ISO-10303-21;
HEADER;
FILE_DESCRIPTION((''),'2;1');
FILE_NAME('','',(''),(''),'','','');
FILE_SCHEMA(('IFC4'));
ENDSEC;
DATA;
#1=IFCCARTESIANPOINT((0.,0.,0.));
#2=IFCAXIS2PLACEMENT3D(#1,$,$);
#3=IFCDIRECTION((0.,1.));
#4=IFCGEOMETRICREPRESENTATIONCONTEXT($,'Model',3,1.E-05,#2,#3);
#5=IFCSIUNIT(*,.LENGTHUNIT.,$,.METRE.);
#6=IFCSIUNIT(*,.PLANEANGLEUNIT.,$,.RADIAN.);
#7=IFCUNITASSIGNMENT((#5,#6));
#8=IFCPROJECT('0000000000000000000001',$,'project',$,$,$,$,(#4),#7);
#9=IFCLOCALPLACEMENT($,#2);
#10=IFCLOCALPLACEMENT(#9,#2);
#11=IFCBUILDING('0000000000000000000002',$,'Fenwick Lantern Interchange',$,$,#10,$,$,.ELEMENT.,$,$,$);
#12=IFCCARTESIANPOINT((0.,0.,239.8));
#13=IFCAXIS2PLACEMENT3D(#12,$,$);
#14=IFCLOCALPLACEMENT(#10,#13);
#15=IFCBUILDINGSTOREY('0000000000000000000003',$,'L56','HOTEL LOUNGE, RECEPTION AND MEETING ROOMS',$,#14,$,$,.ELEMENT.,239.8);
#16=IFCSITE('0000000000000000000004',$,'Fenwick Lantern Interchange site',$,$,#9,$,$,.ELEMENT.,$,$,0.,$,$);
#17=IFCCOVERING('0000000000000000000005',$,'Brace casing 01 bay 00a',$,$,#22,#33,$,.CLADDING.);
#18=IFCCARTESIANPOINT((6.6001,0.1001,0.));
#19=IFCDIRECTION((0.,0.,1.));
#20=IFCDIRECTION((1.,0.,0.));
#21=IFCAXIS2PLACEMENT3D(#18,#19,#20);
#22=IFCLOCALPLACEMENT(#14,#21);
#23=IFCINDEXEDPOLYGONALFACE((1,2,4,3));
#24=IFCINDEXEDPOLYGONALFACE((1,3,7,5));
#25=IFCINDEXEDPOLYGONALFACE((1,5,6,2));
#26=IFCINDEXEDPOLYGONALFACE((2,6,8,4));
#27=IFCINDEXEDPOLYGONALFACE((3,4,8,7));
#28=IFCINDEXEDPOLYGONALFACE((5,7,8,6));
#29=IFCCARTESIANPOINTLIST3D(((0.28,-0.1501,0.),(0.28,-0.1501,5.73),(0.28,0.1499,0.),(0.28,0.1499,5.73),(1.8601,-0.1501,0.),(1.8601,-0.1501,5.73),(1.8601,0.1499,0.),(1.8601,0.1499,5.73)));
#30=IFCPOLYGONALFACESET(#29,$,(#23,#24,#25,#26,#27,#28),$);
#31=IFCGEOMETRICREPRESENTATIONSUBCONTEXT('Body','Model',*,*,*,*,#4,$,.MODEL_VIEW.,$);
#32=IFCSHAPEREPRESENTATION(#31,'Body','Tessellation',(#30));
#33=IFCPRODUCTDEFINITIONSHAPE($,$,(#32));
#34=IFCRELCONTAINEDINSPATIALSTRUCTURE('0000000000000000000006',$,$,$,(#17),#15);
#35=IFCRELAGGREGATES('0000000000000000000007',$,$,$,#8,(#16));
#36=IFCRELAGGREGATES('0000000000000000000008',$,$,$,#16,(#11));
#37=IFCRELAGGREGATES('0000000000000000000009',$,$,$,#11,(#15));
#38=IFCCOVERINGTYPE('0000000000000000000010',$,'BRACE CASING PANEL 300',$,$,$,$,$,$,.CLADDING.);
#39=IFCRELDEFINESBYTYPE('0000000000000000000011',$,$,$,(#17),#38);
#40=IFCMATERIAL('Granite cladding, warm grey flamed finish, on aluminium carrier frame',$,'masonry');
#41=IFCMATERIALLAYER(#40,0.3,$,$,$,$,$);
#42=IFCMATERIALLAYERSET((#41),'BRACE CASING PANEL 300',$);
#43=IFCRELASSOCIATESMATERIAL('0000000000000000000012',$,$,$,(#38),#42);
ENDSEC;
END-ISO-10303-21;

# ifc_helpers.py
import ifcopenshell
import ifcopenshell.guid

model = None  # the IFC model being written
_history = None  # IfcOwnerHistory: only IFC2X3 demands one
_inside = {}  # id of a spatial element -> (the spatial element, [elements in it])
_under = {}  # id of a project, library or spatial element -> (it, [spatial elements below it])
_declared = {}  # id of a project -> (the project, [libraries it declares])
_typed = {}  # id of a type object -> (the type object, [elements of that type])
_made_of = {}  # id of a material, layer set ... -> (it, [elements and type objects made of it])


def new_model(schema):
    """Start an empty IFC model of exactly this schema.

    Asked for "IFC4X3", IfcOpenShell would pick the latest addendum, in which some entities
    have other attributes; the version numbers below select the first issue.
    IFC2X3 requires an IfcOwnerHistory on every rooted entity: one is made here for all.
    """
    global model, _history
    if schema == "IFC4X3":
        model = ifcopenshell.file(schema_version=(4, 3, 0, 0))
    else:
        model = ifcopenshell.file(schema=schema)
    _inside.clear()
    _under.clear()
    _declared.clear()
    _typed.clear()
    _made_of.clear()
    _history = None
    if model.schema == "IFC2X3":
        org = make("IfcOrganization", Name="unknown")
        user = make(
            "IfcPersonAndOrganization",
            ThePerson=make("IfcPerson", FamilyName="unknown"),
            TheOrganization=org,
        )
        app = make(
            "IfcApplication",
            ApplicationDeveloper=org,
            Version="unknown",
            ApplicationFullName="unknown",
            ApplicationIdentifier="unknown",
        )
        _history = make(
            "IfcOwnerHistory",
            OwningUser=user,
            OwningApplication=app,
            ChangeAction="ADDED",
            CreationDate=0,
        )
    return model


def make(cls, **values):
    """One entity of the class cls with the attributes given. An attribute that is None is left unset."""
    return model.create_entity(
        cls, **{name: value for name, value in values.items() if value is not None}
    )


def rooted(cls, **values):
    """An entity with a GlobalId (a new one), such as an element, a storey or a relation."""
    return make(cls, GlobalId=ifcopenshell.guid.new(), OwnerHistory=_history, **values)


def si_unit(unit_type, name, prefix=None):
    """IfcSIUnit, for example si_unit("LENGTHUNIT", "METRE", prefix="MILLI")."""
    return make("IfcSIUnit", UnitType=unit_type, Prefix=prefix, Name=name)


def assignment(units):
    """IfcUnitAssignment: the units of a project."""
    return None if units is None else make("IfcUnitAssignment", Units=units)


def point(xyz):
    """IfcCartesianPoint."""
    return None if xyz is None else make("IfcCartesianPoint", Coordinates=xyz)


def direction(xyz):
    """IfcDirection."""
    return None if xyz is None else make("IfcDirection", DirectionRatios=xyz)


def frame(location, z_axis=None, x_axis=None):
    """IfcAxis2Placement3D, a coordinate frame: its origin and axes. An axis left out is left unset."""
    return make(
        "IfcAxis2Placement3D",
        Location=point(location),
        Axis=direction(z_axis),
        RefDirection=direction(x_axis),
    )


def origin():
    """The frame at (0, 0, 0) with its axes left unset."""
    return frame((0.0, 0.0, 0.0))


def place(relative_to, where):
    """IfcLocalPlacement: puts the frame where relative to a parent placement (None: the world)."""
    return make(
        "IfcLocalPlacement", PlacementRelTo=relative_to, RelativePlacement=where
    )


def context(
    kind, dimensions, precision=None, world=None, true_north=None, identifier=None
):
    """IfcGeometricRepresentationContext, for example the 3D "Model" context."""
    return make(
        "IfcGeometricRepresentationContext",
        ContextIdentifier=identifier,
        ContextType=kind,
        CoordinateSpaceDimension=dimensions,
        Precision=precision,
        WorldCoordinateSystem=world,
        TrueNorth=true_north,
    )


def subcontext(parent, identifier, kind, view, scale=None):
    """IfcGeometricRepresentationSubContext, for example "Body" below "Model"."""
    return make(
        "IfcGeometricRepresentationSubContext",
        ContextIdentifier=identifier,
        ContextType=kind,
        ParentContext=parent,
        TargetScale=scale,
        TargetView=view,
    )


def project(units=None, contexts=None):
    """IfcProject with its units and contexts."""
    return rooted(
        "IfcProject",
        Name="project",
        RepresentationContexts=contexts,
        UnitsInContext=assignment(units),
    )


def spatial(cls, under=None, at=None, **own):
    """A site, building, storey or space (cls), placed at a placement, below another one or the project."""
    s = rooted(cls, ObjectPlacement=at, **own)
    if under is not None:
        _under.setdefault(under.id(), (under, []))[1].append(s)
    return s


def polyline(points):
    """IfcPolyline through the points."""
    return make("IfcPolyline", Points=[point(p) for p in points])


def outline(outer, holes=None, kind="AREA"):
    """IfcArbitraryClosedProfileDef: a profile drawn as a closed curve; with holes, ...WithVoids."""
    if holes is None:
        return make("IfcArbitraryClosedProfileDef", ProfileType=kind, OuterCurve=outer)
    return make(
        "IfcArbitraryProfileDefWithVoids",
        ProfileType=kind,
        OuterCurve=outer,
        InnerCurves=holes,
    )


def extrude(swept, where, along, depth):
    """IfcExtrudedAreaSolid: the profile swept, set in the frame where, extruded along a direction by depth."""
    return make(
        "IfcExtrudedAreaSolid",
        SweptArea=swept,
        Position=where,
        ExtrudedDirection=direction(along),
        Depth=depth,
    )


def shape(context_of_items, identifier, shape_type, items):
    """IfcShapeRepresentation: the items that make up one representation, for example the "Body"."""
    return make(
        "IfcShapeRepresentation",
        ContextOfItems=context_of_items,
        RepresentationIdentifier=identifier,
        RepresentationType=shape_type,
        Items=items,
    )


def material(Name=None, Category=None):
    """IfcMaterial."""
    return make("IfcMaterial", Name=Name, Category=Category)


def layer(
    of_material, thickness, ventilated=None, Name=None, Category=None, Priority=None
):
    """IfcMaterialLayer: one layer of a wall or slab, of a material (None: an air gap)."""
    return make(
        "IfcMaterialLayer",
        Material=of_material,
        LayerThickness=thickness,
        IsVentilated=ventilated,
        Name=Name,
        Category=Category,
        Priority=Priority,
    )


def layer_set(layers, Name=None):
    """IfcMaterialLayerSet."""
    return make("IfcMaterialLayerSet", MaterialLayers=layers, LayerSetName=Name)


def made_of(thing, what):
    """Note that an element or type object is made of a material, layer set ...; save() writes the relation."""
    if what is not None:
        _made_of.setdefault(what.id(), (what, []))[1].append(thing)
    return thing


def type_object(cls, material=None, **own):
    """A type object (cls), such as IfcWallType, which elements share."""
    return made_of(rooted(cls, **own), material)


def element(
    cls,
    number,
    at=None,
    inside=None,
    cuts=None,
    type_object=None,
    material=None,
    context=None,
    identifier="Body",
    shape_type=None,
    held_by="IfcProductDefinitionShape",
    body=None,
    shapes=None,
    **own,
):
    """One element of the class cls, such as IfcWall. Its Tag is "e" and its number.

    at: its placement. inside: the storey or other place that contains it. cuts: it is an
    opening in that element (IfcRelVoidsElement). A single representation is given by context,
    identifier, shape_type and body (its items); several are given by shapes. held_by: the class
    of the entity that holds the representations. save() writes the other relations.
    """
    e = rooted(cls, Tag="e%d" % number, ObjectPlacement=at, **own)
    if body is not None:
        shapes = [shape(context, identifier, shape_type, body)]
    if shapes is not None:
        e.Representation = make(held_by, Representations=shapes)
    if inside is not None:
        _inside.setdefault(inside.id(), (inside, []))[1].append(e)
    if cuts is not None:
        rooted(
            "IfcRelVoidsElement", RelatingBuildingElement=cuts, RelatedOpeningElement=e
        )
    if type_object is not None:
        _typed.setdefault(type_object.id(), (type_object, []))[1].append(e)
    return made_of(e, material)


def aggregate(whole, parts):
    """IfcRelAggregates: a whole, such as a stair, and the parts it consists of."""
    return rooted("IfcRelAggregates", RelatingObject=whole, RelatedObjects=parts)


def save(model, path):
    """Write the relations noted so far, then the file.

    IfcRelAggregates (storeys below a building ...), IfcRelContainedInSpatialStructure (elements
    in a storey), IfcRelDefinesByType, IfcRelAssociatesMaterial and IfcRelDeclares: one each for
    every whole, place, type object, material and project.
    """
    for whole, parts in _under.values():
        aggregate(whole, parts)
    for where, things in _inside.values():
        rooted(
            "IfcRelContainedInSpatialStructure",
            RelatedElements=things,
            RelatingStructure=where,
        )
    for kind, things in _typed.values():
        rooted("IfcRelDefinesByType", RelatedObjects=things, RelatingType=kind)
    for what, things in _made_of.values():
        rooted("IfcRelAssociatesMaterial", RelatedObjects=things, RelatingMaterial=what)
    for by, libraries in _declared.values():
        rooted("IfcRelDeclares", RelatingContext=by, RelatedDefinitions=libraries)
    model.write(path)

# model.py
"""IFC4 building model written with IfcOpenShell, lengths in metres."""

from ifc_helpers import new_model, si_unit, direction, frame, origin, place, context, subcontext, project, spatial, polyline, outline, extrude, material, layer, layer_set, type_object, element, save


model = new_model("IFC4")

# Units and contexts
model_context = context("Model", 3, precision=1e-05, world=origin(), true_north=direction((0.0, 1.0)))
body_context = subcontext(model_context, "Body", "Model", "MODEL_VIEW")
ifc_project = project(units=[si_unit("LENGTHUNIT", "METRE"), si_unit("PLANEANGLEUNIT", "RADIAN")], contexts=[model_context])

# Site, building, storey
site_placement = place(None, origin())
site = spatial("IfcSite", under=ifc_project, at=site_placement, Name="Fenwick Lantern Interchange site", CompositionType="ELEMENT", RefElevation=0.0)
building_placement = place(site_placement, origin())
building = spatial("IfcBuilding", under=site, at=building_placement, Name="Fenwick Lantern Interchange", CompositionType="ELEMENT")
storey_placement = place(building_placement, frame((0.0, 0.0, 239.8)))
storey = spatial("IfcBuildingStorey", under=building, at=storey_placement, Name="L56", Description="HOTEL LOUNGE, RECEPTION AND MEETING ROOMS", CompositionType="ELEMENT", Elevation=239.8)

# Covering
ifc_material_1 = material(Name="Granite cladding, warm grey flamed finish, on aluminium carrier frame", Category="masonry")
ifc_layer_1 = layer(ifc_material_1, 0.3)
ifc_layer_set_1 = layer_set([ifc_layer_1], Name="BRACE CASING PANEL 300")
covering_type_1 = type_object("IfcCoveringType", Name="BRACE CASING PANEL 300", PredefinedType="CLADDING", material=ifc_layer_set_1)
covering_1_placement = place(storey_placement, frame((6.6001, 0.1001, 0.0), z_axis=(0.0, 0.0, 1.0), x_axis=(1.0, 0.0, 0.0)))
element("IfcCovering", 1, at=covering_1_placement, inside=storey, type_object=covering_type_1, Name="Brace casing 01 bay 00a", PredefinedType="CLADDING", context=body_context, shape_type="SweptSolid", body=[
    extrude(outline(polyline([(0.28, 0.0), (1.8601, 0.0), (1.8601, 5.73), (0.28, 5.73), (0.28, 0.0)])), frame((0.0, 0.1499, 0.0), z_axis=(0.0, -1.0, 0.0), x_axis=(1.0, 0.0, 0.0)), (0.0, 0.0, 1.0), 0.3),
])

save(model, "model.ifc")
